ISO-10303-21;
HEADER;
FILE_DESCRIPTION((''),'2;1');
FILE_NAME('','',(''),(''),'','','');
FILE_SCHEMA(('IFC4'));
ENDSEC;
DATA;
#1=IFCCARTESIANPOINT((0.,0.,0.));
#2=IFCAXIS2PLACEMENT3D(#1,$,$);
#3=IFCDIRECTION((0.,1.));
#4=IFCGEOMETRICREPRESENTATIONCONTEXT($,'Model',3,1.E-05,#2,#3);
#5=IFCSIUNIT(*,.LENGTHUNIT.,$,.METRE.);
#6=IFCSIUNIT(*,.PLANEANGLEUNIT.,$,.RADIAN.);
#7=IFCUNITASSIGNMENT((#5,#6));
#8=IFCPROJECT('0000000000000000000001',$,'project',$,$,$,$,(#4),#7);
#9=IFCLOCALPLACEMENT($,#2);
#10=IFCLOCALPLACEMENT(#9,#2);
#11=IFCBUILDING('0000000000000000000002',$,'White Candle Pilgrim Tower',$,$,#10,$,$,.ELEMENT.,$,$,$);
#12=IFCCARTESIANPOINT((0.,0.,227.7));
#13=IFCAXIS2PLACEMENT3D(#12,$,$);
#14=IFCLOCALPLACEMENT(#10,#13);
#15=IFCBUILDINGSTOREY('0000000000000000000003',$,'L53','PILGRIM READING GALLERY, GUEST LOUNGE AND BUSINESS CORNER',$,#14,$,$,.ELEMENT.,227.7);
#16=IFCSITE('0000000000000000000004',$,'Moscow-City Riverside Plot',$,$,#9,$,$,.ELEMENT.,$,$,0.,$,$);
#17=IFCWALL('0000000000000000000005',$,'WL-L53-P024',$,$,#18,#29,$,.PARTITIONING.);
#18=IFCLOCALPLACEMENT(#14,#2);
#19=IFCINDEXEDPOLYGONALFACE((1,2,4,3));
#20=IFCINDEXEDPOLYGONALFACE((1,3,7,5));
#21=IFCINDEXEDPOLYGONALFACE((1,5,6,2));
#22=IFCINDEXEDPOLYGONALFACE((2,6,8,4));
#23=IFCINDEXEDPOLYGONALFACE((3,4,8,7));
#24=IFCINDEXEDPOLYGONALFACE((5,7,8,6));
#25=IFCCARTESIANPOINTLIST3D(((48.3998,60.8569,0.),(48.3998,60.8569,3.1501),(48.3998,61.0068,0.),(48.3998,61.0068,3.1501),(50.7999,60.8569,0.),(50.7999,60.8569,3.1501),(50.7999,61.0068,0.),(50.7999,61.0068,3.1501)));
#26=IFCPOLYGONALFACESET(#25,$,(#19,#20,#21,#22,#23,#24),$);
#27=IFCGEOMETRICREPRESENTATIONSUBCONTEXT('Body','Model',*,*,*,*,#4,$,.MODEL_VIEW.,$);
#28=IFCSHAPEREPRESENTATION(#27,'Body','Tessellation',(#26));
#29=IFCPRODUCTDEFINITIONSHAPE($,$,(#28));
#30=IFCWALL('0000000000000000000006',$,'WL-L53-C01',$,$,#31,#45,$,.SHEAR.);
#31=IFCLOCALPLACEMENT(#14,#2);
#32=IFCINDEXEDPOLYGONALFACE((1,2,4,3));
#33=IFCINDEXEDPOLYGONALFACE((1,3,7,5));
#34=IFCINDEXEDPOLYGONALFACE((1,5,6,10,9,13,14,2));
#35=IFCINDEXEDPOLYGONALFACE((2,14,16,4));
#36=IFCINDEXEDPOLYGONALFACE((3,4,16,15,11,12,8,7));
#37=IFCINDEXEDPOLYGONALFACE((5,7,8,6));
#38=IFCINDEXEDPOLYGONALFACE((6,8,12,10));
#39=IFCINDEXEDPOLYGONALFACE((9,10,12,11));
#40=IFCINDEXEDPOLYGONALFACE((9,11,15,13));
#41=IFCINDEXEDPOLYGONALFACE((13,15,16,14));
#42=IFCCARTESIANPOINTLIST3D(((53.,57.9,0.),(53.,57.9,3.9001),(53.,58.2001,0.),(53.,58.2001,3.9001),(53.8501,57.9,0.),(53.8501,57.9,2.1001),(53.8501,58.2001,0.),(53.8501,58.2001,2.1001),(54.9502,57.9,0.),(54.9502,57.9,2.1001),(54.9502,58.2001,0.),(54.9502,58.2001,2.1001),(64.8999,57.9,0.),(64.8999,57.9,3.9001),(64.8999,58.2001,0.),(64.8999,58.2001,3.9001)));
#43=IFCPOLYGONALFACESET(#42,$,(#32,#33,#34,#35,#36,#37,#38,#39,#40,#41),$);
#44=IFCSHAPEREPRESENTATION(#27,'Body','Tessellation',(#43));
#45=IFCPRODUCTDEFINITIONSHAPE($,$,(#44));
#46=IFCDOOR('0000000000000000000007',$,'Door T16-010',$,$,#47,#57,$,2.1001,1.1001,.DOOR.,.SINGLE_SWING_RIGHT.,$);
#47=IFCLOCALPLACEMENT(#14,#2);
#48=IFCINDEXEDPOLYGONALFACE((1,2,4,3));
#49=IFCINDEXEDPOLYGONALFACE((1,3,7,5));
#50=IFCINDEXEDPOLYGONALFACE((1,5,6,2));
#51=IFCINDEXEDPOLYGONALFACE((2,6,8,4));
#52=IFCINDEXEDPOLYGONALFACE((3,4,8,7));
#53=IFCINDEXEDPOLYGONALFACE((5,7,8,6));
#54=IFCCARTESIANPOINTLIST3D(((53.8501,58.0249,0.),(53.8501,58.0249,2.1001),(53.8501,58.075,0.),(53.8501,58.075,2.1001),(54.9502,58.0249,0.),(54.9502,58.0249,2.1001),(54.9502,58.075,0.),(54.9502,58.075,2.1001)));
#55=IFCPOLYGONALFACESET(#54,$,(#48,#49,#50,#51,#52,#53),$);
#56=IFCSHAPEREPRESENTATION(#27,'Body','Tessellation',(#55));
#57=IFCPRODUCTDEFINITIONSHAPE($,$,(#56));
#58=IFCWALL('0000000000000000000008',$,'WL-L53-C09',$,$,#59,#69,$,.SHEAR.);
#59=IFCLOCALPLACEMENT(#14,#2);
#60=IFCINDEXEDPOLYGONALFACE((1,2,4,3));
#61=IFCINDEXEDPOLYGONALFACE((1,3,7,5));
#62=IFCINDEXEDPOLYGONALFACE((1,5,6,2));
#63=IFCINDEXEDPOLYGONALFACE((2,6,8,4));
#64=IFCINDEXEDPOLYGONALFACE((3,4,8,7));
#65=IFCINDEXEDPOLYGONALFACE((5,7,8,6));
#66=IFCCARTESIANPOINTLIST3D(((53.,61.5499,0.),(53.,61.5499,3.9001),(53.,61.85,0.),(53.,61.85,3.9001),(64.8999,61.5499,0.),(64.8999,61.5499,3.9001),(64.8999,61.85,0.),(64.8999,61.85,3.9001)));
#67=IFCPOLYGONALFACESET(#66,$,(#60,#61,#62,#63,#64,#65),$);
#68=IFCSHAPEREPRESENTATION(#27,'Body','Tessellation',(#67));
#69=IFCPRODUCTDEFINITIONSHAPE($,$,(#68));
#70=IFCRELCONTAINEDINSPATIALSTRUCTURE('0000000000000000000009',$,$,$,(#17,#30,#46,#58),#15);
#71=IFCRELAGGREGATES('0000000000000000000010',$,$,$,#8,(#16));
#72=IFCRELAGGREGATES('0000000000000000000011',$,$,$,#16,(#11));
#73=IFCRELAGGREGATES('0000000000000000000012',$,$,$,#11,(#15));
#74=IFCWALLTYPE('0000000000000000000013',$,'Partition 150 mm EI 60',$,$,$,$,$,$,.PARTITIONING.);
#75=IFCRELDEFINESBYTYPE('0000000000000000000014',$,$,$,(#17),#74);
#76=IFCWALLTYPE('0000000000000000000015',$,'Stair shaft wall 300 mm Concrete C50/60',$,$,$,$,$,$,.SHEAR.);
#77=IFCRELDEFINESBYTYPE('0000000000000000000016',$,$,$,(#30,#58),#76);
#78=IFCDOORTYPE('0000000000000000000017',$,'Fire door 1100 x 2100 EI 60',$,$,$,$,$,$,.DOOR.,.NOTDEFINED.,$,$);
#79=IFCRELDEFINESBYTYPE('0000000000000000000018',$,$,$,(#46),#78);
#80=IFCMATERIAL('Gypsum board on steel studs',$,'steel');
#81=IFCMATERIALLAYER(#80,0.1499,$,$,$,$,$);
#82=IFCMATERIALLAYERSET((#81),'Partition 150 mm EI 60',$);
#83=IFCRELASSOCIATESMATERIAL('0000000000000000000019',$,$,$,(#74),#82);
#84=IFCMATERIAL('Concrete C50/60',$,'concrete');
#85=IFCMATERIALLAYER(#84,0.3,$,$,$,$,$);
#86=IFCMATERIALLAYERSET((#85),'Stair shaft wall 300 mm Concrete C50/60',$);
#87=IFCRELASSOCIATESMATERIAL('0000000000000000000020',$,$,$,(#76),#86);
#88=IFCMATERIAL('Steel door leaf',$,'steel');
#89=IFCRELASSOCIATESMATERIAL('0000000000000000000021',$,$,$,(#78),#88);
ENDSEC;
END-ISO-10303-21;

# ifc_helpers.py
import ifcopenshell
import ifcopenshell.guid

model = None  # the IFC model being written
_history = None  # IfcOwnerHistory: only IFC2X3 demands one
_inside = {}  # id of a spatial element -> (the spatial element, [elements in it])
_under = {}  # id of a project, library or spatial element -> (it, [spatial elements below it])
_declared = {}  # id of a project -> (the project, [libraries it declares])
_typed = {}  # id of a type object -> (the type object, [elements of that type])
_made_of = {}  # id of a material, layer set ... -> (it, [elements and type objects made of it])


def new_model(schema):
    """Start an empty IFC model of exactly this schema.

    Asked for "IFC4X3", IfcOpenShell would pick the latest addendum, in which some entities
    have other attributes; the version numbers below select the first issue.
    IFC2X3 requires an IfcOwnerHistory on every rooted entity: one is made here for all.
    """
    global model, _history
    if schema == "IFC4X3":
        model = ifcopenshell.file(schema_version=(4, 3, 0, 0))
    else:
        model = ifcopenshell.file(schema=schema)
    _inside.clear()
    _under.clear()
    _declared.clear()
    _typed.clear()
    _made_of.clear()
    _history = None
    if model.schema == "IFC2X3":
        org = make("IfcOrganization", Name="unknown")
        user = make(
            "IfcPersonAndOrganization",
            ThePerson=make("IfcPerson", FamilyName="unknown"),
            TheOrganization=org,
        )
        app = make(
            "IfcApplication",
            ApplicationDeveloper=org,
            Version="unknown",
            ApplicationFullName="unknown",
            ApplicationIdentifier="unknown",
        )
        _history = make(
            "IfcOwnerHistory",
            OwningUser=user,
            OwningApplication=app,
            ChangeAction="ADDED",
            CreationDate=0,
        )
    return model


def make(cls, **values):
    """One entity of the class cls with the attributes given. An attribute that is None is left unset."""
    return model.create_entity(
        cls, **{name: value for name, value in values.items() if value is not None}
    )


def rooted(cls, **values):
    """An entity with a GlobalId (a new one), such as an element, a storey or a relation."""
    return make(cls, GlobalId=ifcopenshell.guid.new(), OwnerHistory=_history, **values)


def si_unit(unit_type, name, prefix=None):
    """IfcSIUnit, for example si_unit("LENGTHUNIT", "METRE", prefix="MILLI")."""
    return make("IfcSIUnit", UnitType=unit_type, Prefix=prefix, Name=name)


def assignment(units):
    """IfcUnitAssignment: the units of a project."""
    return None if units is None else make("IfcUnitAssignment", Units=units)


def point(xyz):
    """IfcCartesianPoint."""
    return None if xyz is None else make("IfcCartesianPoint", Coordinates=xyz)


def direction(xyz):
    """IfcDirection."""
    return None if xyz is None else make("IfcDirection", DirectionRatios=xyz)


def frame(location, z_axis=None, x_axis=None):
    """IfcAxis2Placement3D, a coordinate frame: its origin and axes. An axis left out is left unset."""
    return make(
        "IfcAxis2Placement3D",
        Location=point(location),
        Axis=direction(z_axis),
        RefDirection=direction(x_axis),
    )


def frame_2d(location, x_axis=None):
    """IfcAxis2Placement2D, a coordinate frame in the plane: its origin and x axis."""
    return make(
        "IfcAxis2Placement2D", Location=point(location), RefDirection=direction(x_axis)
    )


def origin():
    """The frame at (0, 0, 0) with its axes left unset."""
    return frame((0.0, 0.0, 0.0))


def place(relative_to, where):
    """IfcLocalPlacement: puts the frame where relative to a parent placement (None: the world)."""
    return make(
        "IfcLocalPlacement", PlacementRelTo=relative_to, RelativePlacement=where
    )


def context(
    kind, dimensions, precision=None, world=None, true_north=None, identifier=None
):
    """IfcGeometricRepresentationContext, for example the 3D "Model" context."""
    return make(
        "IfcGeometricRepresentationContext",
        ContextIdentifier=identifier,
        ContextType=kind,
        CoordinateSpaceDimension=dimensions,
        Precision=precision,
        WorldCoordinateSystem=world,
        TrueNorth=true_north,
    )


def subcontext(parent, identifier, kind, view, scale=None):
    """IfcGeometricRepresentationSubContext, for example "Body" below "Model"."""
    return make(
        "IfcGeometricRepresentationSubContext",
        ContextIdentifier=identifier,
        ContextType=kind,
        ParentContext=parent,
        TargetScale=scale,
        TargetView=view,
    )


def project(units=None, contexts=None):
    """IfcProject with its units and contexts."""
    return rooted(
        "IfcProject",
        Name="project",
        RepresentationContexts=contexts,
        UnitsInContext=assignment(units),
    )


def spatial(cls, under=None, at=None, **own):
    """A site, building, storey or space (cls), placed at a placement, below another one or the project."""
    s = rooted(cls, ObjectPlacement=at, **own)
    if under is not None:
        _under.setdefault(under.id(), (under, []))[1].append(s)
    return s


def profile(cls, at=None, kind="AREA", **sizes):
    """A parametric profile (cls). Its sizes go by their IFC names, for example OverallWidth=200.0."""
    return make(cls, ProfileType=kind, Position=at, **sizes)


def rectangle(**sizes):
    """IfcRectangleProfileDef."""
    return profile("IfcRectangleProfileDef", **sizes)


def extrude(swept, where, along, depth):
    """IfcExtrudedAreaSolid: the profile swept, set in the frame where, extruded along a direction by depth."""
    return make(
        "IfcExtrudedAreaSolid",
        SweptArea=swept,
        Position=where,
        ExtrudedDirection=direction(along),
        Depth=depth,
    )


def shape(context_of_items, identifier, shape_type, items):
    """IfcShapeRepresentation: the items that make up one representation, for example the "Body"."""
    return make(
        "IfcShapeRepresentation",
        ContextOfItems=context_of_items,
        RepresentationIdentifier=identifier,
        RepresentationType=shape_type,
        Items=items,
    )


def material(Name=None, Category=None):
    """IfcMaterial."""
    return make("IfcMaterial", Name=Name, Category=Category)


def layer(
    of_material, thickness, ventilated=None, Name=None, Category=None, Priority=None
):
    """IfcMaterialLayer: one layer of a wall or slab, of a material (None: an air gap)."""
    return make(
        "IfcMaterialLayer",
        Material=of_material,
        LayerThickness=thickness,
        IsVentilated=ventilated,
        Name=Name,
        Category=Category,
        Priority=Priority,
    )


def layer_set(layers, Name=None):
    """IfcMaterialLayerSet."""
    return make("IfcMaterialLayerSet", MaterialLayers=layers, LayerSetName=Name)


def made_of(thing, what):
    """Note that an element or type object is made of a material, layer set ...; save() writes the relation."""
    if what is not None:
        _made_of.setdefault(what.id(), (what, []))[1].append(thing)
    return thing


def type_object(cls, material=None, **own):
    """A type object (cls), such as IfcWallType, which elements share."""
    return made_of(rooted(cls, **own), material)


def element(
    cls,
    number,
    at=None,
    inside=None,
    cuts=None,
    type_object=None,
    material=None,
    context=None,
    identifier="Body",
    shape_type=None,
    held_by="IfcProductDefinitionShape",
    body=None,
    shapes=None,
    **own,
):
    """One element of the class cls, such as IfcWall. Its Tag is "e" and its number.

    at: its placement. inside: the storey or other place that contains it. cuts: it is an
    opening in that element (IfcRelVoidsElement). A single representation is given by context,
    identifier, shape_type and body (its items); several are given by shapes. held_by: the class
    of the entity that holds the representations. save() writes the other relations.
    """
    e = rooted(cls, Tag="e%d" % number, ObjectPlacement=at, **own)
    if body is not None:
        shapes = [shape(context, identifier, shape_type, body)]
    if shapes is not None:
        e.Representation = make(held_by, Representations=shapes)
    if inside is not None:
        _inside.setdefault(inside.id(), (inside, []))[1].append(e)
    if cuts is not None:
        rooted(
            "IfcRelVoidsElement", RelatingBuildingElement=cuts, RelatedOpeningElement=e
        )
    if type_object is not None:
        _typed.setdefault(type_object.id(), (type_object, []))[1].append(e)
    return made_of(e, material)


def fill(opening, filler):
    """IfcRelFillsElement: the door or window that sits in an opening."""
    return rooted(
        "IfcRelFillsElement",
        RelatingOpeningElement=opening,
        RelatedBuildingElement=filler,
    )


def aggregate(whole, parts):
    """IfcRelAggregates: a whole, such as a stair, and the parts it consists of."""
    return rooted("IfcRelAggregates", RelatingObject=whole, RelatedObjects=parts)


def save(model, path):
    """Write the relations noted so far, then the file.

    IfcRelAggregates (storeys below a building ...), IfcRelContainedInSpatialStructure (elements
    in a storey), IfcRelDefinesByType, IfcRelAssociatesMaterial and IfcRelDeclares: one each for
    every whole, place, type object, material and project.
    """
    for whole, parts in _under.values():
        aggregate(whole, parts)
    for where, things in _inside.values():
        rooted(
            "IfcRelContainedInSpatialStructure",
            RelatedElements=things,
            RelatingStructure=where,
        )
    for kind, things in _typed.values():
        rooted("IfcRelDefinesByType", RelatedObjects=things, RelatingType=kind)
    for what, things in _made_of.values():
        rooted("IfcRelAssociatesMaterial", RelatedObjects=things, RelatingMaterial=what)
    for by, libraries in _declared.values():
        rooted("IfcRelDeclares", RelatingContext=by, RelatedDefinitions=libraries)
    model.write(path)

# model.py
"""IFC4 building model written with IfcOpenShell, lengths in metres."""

from ifc_helpers import new_model, si_unit, direction, frame, frame_2d, origin, place, context, subcontext, project, spatial, rectangle, extrude, material, layer, layer_set, type_object, element, fill, save


model = new_model("IFC4")

# Units and contexts
model_context = context("Model", 3, precision=1e-05, world=origin(), true_north=direction((0.0, 1.0)))
body_context = subcontext(model_context, "Body", "Model", "MODEL_VIEW")
ifc_project = project(units=[si_unit("LENGTHUNIT", "METRE"), si_unit("PLANEANGLEUNIT", "RADIAN")], contexts=[model_context])

# Site, building, storey
site_placement = place(None, origin())
site = spatial("IfcSite", under=ifc_project, at=site_placement, Name="Moscow-City Riverside Plot", CompositionType="ELEMENT", RefElevation=0.0)
building_placement = place(site_placement, origin())
building = spatial("IfcBuilding", under=site, at=building_placement, Name="White Candle Pilgrim Tower", CompositionType="ELEMENT")
storey_placement = place(building_placement, frame((0.0, 0.0, 227.7)))
storey = spatial("IfcBuildingStorey", under=building, at=storey_placement, Name="L53", Description="PILGRIM READING GALLERY, GUEST LOUNGE AND BUSINESS CORNER", CompositionType="ELEMENT", Elevation=227.7)

# Shared definitions
ifc_material_1 = material(Name="Concrete C50/60", Category="concrete")

# Shared definitions
ifc_material_2 = material(Name="Gypsum board on steel studs", Category="steel")
ifc_material_3 = material(Name="Steel door leaf", Category="steel")

# Wall
ifc_layer_1 = layer(ifc_material_2, 0.1499)
ifc_layer_set_1 = layer_set([ifc_layer_1], Name="Partition 150 mm EI 60")
wall_type_1 = type_object("IfcWallType", Name="Partition 150 mm EI 60", PredefinedType="PARTITIONING", material=ifc_layer_set_1)
wall_1_placement = place(storey_placement, frame((50.8, 60.9319, 0.0), z_axis=(0.0, 0.0, 1.0), x_axis=(-1.0, 0.0, 0.0)))
element("IfcWall", 1, at=wall_1_placement, inside=storey, type_object=wall_type_1, Name="WL-L53-P024", PredefinedType="PARTITIONING", context=body_context, shape_type="SweptSolid", body=[
    extrude(rectangle(XDim=2.4001, YDim=0.1499, at=frame_2d((1.2002, 0.0))), origin(), (0.0, 0.0, 1.0), 3.1501),
])

# Wall, opening, door
ifc_layer_2 = layer(ifc_material_1, 0.3)
ifc_layer_set_2 = layer_set([ifc_layer_2], Name="Stair shaft wall 300 mm Concrete C50/60")
wall_type_2 = type_object("IfcWallType", Name="Stair shaft wall 300 mm Concrete C50/60", PredefinedType="SHEAR", material=ifc_layer_set_2)
wall_2_placement = place(storey_placement, frame((53.0, 58.05, 0.0), z_axis=(0.0, 0.0, 1.0), x_axis=(1.0, 0.0, 0.0)))
wall_2 = element("IfcWall", 2, at=wall_2_placement, inside=storey, type_object=wall_type_2, Name="WL-L53-C01", PredefinedType="SHEAR", context=body_context, shape_type="SweptSolid", body=[
    extrude(rectangle(XDim=11.8999, YDim=0.3, at=frame_2d((5.95, 0.0))), origin(), (0.0, 0.0, 1.0), 3.9001),
])
opening_1_placement = place(wall_2_placement, frame((0.8501, 0.0, 0.0)))
opening_1 = element("IfcOpeningElement", 3, at=opening_1_placement, cuts=wall_2, PredefinedType="OPENING", context=body_context, shape_type="SweptSolid", body=[
    extrude(rectangle(XDim=1.1001, YDim=2.1001, at=frame_2d((0.55, 1.05))), frame((0.0, 0.1599, 0.0), z_axis=(0.0, -1.0, 0.0), x_axis=(1.0, 0.0, 0.0)), (0.0, 0.0, 1.0), 0.3201),
])
door_type_1 = type_object("IfcDoorType", Name="Fire door 1100 x 2100 EI 60", OperationType="NOTDEFINED", PredefinedType="DOOR", material=ifc_material_3)
door_1_placement = place(opening_1_placement, origin())
door_1 = element("IfcDoor", 4, at=door_1_placement, inside=storey, type_object=door_type_1, Name="Door T16-010", OperationType="SINGLE_SWING_RIGHT", OverallHeight=2.1001, OverallWidth=1.1001, PredefinedType="DOOR", context=body_context, shape_type="SweptSolid", body=[
    extrude(rectangle(XDim=1.1001, YDim=2.1001, at=frame_2d((0.55, 1.05))), frame((0.0, 0.0249, 0.0), z_axis=(0.0, -1.0, 0.0), x_axis=(1.0, 0.0, 0.0)), (0.0, 0.0, 1.0), 0.05),
])
fill(opening_1, door_1)

# Wall
wall_3_placement = place(storey_placement, frame((53.0, 61.7, 0.0), z_axis=(0.0, 0.0, 1.0), x_axis=(1.0, 0.0, 0.0)))
element("IfcWall", 5, at=wall_3_placement, inside=storey, type_object=wall_type_2, Name="WL-L53-C09", PredefinedType="SHEAR", context=body_context, shape_type="SweptSolid", body=[
    extrude(rectangle(XDim=11.8999, YDim=0.3, at=frame_2d((5.95, 0.0))), origin(), (0.0, 0.0, 1.0), 3.9001),
])

save(model, "model.ifc")
